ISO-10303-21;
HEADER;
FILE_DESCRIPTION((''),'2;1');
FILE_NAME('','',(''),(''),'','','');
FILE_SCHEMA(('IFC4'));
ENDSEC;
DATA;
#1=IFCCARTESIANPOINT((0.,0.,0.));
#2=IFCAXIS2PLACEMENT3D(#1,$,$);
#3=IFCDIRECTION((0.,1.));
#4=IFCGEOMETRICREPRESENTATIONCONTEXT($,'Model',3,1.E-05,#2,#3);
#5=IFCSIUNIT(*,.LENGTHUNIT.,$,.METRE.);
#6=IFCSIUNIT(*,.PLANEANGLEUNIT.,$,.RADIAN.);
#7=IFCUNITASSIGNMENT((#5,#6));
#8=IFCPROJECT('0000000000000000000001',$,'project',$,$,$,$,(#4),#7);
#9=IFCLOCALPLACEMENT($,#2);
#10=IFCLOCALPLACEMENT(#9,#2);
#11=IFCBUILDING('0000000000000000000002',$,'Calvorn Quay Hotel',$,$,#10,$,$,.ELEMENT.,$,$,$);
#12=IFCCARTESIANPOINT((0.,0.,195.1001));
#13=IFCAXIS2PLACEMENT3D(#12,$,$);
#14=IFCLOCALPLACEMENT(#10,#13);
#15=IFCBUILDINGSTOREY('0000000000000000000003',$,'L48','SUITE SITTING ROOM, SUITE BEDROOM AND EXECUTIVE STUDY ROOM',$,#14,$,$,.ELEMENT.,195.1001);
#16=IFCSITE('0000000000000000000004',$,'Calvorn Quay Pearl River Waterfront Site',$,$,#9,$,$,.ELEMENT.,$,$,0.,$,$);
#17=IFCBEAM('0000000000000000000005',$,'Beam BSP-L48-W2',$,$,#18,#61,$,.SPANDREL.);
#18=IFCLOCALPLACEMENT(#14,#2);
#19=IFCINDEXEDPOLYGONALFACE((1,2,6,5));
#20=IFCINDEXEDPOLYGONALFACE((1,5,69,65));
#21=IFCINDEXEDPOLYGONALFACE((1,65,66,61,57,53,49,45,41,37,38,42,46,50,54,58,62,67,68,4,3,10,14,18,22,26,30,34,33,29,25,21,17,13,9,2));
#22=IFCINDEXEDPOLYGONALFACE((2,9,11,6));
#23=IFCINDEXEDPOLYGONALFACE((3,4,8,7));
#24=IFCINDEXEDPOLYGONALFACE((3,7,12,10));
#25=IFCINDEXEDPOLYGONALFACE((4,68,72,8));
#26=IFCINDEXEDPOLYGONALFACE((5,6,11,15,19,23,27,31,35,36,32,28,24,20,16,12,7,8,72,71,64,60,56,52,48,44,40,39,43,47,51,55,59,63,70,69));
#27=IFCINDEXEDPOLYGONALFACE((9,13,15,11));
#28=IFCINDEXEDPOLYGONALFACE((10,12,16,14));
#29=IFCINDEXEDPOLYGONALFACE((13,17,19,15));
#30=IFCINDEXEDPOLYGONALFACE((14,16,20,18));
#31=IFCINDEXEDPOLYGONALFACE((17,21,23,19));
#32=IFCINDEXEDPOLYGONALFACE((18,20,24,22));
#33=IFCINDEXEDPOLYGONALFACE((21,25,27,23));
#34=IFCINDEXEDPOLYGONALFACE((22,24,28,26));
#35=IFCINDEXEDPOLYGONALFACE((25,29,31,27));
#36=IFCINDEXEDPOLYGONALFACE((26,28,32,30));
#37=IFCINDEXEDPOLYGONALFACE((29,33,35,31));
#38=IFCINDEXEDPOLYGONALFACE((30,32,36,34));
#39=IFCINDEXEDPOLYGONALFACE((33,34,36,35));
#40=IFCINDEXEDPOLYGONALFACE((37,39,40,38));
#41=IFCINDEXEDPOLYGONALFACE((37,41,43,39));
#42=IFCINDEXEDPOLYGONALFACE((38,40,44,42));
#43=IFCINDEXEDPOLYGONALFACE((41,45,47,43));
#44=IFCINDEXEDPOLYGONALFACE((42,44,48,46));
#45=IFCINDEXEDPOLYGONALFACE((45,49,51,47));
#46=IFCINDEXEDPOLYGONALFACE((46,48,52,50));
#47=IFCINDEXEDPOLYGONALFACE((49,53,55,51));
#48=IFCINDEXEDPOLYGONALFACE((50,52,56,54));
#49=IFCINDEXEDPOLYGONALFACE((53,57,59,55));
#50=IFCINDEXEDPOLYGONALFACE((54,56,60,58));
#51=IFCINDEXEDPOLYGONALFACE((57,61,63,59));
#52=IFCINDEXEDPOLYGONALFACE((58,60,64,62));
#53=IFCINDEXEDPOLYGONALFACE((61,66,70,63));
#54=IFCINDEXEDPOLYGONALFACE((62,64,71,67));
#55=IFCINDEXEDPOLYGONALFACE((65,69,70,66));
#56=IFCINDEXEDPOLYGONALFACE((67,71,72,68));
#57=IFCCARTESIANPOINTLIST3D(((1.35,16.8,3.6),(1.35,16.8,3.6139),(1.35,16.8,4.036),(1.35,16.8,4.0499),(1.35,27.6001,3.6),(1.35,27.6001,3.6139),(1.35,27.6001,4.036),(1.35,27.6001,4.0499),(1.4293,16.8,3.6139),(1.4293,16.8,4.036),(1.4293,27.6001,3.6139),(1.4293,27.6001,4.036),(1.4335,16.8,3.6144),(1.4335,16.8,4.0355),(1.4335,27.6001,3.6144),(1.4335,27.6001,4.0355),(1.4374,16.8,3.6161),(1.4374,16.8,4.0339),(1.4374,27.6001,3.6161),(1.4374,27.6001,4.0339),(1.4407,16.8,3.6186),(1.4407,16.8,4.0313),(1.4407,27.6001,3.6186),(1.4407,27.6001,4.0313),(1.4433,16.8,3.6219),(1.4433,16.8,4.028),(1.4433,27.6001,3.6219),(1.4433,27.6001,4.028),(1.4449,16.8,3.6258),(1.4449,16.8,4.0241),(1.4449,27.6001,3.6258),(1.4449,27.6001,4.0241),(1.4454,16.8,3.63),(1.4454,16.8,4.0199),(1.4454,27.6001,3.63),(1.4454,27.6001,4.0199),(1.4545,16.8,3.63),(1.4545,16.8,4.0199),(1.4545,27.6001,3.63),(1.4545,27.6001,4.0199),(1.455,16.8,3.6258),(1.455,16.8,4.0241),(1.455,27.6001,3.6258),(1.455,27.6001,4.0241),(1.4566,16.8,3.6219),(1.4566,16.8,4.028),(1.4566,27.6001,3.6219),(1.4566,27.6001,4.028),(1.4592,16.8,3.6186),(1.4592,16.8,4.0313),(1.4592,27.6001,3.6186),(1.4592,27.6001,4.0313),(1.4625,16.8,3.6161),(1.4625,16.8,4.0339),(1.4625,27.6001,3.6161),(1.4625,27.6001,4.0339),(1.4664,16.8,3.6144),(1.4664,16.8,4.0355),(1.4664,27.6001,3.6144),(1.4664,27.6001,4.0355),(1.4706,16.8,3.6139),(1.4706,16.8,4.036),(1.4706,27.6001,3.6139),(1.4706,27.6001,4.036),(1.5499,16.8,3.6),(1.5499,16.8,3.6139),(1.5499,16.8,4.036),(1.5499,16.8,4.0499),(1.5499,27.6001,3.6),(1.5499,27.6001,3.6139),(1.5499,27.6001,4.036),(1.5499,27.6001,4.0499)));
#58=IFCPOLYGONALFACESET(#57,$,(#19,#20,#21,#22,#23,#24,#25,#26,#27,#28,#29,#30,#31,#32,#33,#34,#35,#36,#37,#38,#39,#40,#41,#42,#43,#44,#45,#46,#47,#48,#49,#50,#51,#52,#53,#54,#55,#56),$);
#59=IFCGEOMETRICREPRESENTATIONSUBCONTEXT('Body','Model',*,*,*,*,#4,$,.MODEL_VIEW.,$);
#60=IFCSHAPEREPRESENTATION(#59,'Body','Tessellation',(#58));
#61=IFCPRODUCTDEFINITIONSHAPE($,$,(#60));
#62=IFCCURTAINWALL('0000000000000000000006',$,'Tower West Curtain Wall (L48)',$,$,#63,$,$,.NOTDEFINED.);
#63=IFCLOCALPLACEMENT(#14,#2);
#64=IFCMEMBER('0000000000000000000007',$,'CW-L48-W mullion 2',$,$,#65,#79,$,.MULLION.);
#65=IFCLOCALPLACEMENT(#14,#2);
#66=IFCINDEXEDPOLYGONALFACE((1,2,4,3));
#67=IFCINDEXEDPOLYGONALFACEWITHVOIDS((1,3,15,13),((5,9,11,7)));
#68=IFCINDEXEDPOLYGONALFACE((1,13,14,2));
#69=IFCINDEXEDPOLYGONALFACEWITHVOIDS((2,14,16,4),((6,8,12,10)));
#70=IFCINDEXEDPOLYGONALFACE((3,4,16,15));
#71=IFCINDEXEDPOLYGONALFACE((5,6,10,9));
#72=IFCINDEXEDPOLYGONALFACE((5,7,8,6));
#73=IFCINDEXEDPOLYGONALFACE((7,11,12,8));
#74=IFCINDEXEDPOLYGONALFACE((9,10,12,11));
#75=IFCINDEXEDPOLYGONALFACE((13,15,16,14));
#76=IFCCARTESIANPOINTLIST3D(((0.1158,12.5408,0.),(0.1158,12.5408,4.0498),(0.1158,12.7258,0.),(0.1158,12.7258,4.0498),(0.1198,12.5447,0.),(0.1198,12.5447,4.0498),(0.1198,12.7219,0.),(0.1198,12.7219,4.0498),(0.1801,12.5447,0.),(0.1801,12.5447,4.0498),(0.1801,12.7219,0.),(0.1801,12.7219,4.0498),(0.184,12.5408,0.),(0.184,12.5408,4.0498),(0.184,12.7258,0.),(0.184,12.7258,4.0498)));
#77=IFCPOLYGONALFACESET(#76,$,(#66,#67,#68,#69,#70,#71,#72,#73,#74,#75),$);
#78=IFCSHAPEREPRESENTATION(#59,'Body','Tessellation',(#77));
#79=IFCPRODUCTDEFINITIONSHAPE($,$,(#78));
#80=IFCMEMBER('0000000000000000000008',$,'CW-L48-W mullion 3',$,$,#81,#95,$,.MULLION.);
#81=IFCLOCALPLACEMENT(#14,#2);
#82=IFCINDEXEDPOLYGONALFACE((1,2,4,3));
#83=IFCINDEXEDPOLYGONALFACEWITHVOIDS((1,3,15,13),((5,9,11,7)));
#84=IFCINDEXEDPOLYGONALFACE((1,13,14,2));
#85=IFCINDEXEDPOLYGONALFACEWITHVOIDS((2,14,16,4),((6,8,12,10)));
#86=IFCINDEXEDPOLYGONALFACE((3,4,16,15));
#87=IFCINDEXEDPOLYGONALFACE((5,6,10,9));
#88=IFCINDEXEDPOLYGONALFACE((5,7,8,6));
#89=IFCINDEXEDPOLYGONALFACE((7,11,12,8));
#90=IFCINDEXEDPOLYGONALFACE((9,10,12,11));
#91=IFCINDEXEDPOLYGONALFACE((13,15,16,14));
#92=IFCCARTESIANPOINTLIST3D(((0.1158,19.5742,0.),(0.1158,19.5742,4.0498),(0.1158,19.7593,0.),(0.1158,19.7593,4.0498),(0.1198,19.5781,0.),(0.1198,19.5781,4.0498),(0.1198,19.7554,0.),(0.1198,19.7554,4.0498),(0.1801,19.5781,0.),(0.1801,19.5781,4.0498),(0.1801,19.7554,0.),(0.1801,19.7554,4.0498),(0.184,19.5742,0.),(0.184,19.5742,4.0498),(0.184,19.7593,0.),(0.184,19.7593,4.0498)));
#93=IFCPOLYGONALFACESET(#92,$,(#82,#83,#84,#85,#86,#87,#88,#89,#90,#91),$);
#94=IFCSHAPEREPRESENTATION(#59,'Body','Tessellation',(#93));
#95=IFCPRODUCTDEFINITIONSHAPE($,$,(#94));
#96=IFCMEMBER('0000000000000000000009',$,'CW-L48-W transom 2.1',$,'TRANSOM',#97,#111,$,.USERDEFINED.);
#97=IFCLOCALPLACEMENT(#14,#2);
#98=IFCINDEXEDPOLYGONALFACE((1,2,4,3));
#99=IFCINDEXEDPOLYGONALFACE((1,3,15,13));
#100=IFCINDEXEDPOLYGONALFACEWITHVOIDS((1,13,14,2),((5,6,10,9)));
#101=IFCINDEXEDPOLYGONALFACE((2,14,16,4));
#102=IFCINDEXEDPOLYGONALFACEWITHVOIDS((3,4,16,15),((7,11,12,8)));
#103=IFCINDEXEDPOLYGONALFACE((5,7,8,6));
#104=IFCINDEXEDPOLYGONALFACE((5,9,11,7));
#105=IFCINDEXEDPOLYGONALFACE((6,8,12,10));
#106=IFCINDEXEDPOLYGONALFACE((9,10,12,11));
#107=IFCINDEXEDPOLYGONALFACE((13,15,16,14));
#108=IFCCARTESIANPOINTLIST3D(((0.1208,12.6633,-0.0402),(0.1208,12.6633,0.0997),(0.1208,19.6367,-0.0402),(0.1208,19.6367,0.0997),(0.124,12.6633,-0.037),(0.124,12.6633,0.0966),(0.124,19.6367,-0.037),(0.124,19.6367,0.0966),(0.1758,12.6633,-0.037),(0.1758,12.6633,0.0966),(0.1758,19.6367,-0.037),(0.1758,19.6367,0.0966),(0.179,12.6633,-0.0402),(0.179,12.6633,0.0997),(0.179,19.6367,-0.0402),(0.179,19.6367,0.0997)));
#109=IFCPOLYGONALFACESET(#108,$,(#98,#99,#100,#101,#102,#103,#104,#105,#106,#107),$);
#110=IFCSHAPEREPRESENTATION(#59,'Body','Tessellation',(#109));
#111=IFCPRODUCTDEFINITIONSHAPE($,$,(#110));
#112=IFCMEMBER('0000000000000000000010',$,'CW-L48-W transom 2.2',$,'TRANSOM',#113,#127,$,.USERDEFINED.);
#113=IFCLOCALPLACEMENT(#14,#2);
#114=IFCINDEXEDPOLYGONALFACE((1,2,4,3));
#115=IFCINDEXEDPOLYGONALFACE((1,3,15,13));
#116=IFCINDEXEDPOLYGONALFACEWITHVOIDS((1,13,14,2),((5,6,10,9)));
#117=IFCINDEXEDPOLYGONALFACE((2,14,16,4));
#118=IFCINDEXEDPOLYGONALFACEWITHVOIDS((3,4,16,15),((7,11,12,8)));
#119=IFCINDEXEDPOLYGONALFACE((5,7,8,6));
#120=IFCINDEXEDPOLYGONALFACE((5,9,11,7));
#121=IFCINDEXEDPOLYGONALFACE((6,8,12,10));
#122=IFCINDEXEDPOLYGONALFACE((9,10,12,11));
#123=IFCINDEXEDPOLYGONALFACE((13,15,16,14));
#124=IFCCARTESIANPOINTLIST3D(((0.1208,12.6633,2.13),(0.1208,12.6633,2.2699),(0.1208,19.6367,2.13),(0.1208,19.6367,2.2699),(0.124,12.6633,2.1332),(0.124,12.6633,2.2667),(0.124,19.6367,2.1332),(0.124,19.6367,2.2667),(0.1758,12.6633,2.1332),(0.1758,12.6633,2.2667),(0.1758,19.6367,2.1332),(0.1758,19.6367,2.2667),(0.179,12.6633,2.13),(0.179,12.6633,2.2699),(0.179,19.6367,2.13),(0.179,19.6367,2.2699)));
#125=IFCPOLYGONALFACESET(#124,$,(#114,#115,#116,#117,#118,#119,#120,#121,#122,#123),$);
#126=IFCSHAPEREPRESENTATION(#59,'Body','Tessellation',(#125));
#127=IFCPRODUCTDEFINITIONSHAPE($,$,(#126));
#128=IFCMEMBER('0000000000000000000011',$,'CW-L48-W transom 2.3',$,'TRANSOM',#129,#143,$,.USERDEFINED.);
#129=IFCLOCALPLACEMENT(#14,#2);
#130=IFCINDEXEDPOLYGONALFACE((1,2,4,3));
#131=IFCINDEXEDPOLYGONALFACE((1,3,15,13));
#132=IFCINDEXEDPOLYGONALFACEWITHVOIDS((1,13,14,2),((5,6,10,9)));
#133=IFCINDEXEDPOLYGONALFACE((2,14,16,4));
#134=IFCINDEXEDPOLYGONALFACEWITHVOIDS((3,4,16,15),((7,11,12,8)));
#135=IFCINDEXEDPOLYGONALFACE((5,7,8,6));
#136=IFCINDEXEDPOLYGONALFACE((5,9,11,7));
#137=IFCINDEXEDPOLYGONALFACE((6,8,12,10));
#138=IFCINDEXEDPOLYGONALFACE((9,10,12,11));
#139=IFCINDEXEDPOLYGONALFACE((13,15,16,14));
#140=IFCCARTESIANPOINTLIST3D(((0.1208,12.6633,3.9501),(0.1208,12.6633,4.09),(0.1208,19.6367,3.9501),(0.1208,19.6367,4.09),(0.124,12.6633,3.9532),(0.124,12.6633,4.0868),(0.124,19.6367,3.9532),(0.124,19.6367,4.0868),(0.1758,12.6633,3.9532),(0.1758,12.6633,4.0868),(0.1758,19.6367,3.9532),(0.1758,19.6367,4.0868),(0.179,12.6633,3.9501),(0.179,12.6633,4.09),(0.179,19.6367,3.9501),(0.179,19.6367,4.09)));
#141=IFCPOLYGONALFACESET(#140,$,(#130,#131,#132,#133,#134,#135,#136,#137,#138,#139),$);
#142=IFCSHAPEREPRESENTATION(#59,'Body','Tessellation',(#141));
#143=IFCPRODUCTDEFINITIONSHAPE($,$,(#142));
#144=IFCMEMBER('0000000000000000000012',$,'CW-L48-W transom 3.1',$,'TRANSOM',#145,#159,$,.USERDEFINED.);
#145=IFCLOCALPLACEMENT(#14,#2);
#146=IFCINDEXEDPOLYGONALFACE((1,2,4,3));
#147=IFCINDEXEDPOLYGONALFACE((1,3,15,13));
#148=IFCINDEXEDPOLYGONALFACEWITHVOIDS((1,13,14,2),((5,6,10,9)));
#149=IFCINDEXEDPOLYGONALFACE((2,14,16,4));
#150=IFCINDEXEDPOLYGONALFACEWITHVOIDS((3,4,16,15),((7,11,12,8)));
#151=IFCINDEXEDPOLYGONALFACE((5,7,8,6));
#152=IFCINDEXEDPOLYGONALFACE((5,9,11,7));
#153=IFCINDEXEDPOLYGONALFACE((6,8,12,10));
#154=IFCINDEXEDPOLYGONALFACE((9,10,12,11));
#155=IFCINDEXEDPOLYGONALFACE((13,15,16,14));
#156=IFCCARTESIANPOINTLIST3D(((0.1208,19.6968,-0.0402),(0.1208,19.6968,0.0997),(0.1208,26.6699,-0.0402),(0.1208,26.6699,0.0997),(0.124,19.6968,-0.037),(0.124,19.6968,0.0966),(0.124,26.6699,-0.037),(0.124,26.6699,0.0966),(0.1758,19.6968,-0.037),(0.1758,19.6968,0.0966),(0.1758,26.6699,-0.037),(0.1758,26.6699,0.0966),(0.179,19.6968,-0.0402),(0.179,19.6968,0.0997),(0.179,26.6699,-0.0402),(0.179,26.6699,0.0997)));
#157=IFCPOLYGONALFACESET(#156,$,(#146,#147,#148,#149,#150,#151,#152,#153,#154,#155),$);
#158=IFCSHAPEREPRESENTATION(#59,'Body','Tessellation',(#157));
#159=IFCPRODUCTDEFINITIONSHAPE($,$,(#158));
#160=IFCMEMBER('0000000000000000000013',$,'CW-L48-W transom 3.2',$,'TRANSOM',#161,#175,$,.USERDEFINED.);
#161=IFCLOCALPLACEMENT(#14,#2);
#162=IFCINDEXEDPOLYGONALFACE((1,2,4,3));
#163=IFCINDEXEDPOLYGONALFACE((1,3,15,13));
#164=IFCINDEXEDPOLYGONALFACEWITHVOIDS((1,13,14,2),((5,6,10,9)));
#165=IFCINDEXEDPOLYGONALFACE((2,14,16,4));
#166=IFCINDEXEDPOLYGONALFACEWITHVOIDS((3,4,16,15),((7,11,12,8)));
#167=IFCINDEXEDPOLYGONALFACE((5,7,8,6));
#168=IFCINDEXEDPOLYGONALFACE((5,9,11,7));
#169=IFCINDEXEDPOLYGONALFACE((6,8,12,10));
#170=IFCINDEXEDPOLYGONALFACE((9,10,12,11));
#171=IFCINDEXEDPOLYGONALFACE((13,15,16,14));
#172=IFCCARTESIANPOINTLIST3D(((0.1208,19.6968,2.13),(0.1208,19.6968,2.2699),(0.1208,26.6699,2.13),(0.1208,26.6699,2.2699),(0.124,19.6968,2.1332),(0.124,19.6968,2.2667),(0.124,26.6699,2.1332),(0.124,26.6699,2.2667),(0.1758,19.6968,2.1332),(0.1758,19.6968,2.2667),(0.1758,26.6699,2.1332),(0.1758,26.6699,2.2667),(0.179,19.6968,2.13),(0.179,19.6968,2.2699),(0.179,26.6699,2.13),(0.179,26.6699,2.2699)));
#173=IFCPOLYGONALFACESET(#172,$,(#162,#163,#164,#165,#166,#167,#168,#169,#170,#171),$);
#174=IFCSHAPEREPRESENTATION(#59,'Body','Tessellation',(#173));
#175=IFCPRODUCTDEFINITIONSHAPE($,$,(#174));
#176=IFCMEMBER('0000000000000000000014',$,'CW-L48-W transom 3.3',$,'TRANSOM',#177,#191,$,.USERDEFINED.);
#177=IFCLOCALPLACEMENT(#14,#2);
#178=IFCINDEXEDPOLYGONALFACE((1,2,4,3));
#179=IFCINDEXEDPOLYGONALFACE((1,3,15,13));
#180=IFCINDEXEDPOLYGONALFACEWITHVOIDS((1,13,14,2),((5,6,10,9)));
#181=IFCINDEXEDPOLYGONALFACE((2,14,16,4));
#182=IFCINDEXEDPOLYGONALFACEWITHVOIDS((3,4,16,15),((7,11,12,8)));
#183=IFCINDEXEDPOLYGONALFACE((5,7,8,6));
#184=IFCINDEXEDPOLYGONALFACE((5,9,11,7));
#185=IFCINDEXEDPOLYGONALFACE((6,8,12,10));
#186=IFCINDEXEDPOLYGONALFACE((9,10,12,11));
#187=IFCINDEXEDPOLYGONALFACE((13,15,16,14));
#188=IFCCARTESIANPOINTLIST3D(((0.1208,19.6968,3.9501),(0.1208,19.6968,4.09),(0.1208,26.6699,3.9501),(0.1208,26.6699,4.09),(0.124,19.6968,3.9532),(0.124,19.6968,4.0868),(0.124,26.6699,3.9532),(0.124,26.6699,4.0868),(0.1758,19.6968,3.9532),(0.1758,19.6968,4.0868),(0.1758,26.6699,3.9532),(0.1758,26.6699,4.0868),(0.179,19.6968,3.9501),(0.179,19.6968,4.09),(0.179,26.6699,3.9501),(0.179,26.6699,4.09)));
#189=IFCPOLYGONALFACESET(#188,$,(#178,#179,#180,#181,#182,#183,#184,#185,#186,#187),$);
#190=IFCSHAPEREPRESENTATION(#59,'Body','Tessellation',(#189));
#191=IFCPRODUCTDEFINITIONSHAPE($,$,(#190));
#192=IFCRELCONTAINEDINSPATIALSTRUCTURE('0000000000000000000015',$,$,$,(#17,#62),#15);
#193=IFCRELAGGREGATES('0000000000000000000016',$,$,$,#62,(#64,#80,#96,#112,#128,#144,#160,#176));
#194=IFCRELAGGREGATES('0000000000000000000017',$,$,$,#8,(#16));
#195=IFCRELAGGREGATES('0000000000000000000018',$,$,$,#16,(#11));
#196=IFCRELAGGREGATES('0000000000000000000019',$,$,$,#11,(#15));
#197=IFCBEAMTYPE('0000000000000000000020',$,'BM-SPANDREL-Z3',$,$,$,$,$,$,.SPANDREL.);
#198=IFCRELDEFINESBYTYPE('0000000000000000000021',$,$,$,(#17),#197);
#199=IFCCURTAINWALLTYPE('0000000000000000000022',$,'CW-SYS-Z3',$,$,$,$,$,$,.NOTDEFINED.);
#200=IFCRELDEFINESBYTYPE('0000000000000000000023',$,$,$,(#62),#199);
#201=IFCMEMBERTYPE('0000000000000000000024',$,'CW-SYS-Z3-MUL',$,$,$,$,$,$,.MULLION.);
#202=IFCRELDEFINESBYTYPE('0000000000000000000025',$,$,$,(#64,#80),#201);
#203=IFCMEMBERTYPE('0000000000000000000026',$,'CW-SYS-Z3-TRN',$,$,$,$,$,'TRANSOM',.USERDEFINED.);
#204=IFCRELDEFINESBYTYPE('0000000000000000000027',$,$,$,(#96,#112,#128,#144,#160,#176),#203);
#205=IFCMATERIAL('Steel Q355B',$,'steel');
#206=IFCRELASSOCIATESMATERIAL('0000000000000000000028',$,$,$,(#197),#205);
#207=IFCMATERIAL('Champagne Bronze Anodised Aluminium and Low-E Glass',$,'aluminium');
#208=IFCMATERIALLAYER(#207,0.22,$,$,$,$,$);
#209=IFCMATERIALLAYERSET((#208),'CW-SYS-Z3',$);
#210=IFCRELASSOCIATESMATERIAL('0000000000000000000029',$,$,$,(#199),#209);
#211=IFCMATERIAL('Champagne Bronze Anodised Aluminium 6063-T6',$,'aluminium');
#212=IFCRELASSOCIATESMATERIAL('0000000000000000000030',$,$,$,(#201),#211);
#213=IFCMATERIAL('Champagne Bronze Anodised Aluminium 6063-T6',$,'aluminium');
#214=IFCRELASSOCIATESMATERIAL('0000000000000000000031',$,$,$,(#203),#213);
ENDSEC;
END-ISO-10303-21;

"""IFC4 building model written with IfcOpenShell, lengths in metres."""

from ifc_helpers import new_model, si_unit, direction, frame, origin, origin_2d, place, context, subcontext, project, spatial, hollow_rectangle, i_section, extrude, material, layer, layer_set, material_profile, profile_set, type_object, element, aggregate, save


model = new_model("IFC4")

# Units and contexts
model_context = context("Model", 3, precision=1e-05, world=origin(), true_north=direction((0.0, 1.0)))
body_context = subcontext(model_context, "Body", "Model", "MODEL_VIEW")
ifc_project = project(units=[si_unit("LENGTHUNIT", "METRE"), si_unit("PLANEANGLEUNIT", "RADIAN")], contexts=[model_context])

# Site, building, storey
site_placement = place(None, origin())
site = spatial("IfcSite", under=ifc_project, at=site_placement, Name="Calvorn Quay Pearl River Waterfront Site", CompositionType="ELEMENT", RefElevation=0.0)
building_placement = place(site_placement, origin())
building = spatial("IfcBuilding", under=site, at=building_placement, Name="Calvorn Quay Hotel", CompositionType="ELEMENT")
storey_placement = place(building_placement, frame((0.0, 0.0, 195.1001)))
storey = spatial("IfcBuildingStorey", under=building, at=storey_placement, Name="L48", Description="SUITE SITTING ROOM, SUITE BEDROOM AND EXECUTIVE STUDY ROOM", CompositionType="ELEMENT", Elevation=195.1001)

# Beam
ifc_material_1 = material(Name="Steel Q355B", Category="steel")
ifc_material_profile_1 = material_profile(ifc_material_1, i_section(OverallWidth=0.2, OverallDepth=0.45, WebThickness=0.009, FlangeThickness=0.0139, FilletRadius=0.0161, at=origin_2d()), Name="HN450x200x9x14")
ifc_profile_set_1 = profile_set([ifc_material_profile_1], Name="Steel Q355B")
beam_type_1 = type_object("IfcBeamType", Name="BM-SPANDREL-Z3", PredefinedType="SPANDREL", material=ifc_profile_set_1)
beam_1_placement = place(storey_placement, frame((1.45, 16.8, 3.825), z_axis=(0.0, 1.0, 0.0), x_axis=(-1.0, 0.0, 0.0)))
element("IfcBeam", 1, at=beam_1_placement, inside=storey, type_object=beam_type_1, Name="Beam BSP-L48-W2", PredefinedType="SPANDREL", context=body_context, shape_type="SweptSolid", body=[
    extrude(i_section(OverallWidth=0.2, OverallDepth=0.45, WebThickness=0.009, FlangeThickness=0.0139, FilletRadius=0.0161, at=origin_2d()), origin(), (0.0, 0.0, 1.0), 10.8),
])

# Curtain wall, members
ifc_material_2 = material(Name="Champagne Bronze Anodised Aluminium and Low-E Glass", Category="aluminium")
ifc_layer_1 = layer(ifc_material_2, 0.22)
ifc_layer_set_1 = layer_set([ifc_layer_1], Name="CW-SYS-Z3")
curtain_wall_type = type_object("IfcCurtainWallType", Name="CW-SYS-Z3", PredefinedType="NOTDEFINED", material=ifc_layer_set_1)
curtain_wall_placement = place(storey_placement, origin())
curtain_wall = element("IfcCurtainWall", 2, at=curtain_wall_placement, inside=storey, type_object=curtain_wall_type, Name="Tower West Curtain Wall (L48)", PredefinedType="NOTDEFINED")
ifc_material_3 = material(Name="Champagne Bronze Anodised Aluminium 6063-T6", Category="aluminium")
ifc_material_profile_2 = material_profile(ifc_material_3, hollow_rectangle(XDim=0.0681, YDim=0.1851, WallThickness=0.0039, at=origin_2d()), Name="ALU-M185x68x4")
ifc_profile_set_2 = profile_set([ifc_material_profile_2], Name="Champagne Bronze Anodised Aluminium 6063-T6")
member_type_1 = type_object("IfcMemberType", Name="CW-SYS-Z3-MUL", PredefinedType="MULLION", material=ifc_profile_set_2)
member_1_placement = place(storey_placement, frame((0.1499, 12.6333, 0.0), z_axis=(0.0, 0.0, 1.0), x_axis=(-1.0, 0.0, 0.0)))
member_1 = element("IfcMember", 3, at=member_1_placement, type_object=member_type_1, Name="CW-L48-W mullion 2", PredefinedType="MULLION", context=body_context, shape_type="SweptSolid", body=[
    extrude(hollow_rectangle(XDim=0.0681, YDim=0.1851, WallThickness=0.0039, at=origin_2d()), origin(), (0.0, 0.0, 1.0), 4.0498),
])
member_2_placement = place(storey_placement, frame((0.1499, 19.6667, 0.0), z_axis=(0.0, 0.0, 1.0), x_axis=(-1.0, 0.0, 0.0)))
member_2 = element("IfcMember", 4, at=member_2_placement, type_object=member_type_1, Name="CW-L48-W mullion 3", PredefinedType="MULLION", context=body_context, shape_type="SweptSolid", body=[
    extrude(hollow_rectangle(XDim=0.0681, YDim=0.1851, WallThickness=0.0039, at=origin_2d()), origin(), (0.0, 0.0, 1.0), 4.0498),
])
ifc_material_4 = material(Name="Champagne Bronze Anodised Aluminium 6063-T6", Category="aluminium")
ifc_material_profile_3 = material_profile(ifc_material_4, hollow_rectangle(XDim=0.0581, YDim=0.1399, WallThickness=0.0032, at=origin_2d()), Name="ALU-T140x58x3.2")
ifc_profile_set_3 = profile_set([ifc_material_profile_3], Name="Champagne Bronze Anodised Aluminium 6063-T6")
member_type_2 = type_object("IfcMemberType", Name="CW-SYS-Z3-TRN", ElementType="TRANSOM", PredefinedType="USERDEFINED", material=ifc_profile_set_3)
member_3_placement = place(storey_placement, frame((0.1499, 12.6633, 0.0298), z_axis=(0.0, 1.0, 0.0), x_axis=(-1.0, 0.0, 0.0)))
member_3 = element("IfcMember", 5, at=member_3_placement, type_object=member_type_2, Name="CW-L48-W transom 2.1", ObjectType="TRANSOM", PredefinedType="USERDEFINED", context=body_context, shape_type="SweptSolid", body=[
    extrude(hollow_rectangle(XDim=0.0581, YDim=0.1399, WallThickness=0.0032, at=origin_2d()), origin(), (0.0, 0.0, 1.0), 6.9734),
])
member_4_placement = place(storey_placement, frame((0.1499, 12.6633, 2.2), z_axis=(0.0, 1.0, 0.0), x_axis=(-1.0, 0.0, 0.0)))
member_4 = element("IfcMember", 6, at=member_4_placement, type_object=member_type_2, Name="CW-L48-W transom 2.2", ObjectType="TRANSOM", PredefinedType="USERDEFINED", context=body_context, shape_type="SweptSolid", body=[
    extrude(hollow_rectangle(XDim=0.0581, YDim=0.1399, WallThickness=0.0032, at=origin_2d()), origin(), (0.0, 0.0, 1.0), 6.9734),
])
member_5_placement = place(storey_placement, frame((0.1499, 12.6633, 4.02), z_axis=(0.0, 1.0, 0.0), x_axis=(-1.0, 0.0, 0.0)))
member_5 = element("IfcMember", 7, at=member_5_placement, type_object=member_type_2, Name="CW-L48-W transom 2.3", ObjectType="TRANSOM", PredefinedType="USERDEFINED", context=body_context, shape_type="SweptSolid", body=[
    extrude(hollow_rectangle(XDim=0.0581, YDim=0.1399, WallThickness=0.0032, at=origin_2d()), origin(), (0.0, 0.0, 1.0), 6.9734),
])
member_6_placement = place(storey_placement, frame((0.1499, 19.6968, 0.0298), z_axis=(0.0, 1.0, 0.0), x_axis=(-1.0, 0.0, 0.0)))
member_6 = element("IfcMember", 8, at=member_6_placement, type_object=member_type_2, Name="CW-L48-W transom 3.1", ObjectType="TRANSOM", PredefinedType="USERDEFINED", context=body_context, shape_type="SweptSolid", body=[
    extrude(hollow_rectangle(XDim=0.0581, YDim=0.1399, WallThickness=0.0032, at=origin_2d()), origin(), (0.0, 0.0, 1.0), 6.9731),
])
member_7_placement = place(storey_placement, frame((0.1499, 19.6968, 2.2), z_axis=(0.0, 1.0, 0.0), x_axis=(-1.0, 0.0, 0.0)))
member_7 = element("IfcMember", 9, at=member_7_placement, type_object=member_type_2, Name="CW-L48-W transom 3.2", ObjectType="TRANSOM", PredefinedType="USERDEFINED", context=body_context, shape_type="SweptSolid", body=[
    extrude(hollow_rectangle(XDim=0.0581, YDim=0.1399, WallThickness=0.0032, at=origin_2d()), origin(), (0.0, 0.0, 1.0), 6.9731),
])
member_8_placement = place(storey_placement, frame((0.1499, 19.6968, 4.02), z_axis=(0.0, 1.0, 0.0), x_axis=(-1.0, 0.0, 0.0)))
member_8 = element("IfcMember", 10, at=member_8_placement, type_object=member_type_2, Name="CW-L48-W transom 3.3", ObjectType="TRANSOM", PredefinedType="USERDEFINED", context=body_context, shape_type="SweptSolid", body=[
    extrude(hollow_rectangle(XDim=0.0581, YDim=0.1399, WallThickness=0.0032, at=origin_2d()), origin(), (0.0, 0.0, 1.0), 6.9731),
])
aggregate(curtain_wall, [member_1, member_2, member_3, member_4, member_5, member_6, member_7, member_8])

save(model, "model.ifc")
